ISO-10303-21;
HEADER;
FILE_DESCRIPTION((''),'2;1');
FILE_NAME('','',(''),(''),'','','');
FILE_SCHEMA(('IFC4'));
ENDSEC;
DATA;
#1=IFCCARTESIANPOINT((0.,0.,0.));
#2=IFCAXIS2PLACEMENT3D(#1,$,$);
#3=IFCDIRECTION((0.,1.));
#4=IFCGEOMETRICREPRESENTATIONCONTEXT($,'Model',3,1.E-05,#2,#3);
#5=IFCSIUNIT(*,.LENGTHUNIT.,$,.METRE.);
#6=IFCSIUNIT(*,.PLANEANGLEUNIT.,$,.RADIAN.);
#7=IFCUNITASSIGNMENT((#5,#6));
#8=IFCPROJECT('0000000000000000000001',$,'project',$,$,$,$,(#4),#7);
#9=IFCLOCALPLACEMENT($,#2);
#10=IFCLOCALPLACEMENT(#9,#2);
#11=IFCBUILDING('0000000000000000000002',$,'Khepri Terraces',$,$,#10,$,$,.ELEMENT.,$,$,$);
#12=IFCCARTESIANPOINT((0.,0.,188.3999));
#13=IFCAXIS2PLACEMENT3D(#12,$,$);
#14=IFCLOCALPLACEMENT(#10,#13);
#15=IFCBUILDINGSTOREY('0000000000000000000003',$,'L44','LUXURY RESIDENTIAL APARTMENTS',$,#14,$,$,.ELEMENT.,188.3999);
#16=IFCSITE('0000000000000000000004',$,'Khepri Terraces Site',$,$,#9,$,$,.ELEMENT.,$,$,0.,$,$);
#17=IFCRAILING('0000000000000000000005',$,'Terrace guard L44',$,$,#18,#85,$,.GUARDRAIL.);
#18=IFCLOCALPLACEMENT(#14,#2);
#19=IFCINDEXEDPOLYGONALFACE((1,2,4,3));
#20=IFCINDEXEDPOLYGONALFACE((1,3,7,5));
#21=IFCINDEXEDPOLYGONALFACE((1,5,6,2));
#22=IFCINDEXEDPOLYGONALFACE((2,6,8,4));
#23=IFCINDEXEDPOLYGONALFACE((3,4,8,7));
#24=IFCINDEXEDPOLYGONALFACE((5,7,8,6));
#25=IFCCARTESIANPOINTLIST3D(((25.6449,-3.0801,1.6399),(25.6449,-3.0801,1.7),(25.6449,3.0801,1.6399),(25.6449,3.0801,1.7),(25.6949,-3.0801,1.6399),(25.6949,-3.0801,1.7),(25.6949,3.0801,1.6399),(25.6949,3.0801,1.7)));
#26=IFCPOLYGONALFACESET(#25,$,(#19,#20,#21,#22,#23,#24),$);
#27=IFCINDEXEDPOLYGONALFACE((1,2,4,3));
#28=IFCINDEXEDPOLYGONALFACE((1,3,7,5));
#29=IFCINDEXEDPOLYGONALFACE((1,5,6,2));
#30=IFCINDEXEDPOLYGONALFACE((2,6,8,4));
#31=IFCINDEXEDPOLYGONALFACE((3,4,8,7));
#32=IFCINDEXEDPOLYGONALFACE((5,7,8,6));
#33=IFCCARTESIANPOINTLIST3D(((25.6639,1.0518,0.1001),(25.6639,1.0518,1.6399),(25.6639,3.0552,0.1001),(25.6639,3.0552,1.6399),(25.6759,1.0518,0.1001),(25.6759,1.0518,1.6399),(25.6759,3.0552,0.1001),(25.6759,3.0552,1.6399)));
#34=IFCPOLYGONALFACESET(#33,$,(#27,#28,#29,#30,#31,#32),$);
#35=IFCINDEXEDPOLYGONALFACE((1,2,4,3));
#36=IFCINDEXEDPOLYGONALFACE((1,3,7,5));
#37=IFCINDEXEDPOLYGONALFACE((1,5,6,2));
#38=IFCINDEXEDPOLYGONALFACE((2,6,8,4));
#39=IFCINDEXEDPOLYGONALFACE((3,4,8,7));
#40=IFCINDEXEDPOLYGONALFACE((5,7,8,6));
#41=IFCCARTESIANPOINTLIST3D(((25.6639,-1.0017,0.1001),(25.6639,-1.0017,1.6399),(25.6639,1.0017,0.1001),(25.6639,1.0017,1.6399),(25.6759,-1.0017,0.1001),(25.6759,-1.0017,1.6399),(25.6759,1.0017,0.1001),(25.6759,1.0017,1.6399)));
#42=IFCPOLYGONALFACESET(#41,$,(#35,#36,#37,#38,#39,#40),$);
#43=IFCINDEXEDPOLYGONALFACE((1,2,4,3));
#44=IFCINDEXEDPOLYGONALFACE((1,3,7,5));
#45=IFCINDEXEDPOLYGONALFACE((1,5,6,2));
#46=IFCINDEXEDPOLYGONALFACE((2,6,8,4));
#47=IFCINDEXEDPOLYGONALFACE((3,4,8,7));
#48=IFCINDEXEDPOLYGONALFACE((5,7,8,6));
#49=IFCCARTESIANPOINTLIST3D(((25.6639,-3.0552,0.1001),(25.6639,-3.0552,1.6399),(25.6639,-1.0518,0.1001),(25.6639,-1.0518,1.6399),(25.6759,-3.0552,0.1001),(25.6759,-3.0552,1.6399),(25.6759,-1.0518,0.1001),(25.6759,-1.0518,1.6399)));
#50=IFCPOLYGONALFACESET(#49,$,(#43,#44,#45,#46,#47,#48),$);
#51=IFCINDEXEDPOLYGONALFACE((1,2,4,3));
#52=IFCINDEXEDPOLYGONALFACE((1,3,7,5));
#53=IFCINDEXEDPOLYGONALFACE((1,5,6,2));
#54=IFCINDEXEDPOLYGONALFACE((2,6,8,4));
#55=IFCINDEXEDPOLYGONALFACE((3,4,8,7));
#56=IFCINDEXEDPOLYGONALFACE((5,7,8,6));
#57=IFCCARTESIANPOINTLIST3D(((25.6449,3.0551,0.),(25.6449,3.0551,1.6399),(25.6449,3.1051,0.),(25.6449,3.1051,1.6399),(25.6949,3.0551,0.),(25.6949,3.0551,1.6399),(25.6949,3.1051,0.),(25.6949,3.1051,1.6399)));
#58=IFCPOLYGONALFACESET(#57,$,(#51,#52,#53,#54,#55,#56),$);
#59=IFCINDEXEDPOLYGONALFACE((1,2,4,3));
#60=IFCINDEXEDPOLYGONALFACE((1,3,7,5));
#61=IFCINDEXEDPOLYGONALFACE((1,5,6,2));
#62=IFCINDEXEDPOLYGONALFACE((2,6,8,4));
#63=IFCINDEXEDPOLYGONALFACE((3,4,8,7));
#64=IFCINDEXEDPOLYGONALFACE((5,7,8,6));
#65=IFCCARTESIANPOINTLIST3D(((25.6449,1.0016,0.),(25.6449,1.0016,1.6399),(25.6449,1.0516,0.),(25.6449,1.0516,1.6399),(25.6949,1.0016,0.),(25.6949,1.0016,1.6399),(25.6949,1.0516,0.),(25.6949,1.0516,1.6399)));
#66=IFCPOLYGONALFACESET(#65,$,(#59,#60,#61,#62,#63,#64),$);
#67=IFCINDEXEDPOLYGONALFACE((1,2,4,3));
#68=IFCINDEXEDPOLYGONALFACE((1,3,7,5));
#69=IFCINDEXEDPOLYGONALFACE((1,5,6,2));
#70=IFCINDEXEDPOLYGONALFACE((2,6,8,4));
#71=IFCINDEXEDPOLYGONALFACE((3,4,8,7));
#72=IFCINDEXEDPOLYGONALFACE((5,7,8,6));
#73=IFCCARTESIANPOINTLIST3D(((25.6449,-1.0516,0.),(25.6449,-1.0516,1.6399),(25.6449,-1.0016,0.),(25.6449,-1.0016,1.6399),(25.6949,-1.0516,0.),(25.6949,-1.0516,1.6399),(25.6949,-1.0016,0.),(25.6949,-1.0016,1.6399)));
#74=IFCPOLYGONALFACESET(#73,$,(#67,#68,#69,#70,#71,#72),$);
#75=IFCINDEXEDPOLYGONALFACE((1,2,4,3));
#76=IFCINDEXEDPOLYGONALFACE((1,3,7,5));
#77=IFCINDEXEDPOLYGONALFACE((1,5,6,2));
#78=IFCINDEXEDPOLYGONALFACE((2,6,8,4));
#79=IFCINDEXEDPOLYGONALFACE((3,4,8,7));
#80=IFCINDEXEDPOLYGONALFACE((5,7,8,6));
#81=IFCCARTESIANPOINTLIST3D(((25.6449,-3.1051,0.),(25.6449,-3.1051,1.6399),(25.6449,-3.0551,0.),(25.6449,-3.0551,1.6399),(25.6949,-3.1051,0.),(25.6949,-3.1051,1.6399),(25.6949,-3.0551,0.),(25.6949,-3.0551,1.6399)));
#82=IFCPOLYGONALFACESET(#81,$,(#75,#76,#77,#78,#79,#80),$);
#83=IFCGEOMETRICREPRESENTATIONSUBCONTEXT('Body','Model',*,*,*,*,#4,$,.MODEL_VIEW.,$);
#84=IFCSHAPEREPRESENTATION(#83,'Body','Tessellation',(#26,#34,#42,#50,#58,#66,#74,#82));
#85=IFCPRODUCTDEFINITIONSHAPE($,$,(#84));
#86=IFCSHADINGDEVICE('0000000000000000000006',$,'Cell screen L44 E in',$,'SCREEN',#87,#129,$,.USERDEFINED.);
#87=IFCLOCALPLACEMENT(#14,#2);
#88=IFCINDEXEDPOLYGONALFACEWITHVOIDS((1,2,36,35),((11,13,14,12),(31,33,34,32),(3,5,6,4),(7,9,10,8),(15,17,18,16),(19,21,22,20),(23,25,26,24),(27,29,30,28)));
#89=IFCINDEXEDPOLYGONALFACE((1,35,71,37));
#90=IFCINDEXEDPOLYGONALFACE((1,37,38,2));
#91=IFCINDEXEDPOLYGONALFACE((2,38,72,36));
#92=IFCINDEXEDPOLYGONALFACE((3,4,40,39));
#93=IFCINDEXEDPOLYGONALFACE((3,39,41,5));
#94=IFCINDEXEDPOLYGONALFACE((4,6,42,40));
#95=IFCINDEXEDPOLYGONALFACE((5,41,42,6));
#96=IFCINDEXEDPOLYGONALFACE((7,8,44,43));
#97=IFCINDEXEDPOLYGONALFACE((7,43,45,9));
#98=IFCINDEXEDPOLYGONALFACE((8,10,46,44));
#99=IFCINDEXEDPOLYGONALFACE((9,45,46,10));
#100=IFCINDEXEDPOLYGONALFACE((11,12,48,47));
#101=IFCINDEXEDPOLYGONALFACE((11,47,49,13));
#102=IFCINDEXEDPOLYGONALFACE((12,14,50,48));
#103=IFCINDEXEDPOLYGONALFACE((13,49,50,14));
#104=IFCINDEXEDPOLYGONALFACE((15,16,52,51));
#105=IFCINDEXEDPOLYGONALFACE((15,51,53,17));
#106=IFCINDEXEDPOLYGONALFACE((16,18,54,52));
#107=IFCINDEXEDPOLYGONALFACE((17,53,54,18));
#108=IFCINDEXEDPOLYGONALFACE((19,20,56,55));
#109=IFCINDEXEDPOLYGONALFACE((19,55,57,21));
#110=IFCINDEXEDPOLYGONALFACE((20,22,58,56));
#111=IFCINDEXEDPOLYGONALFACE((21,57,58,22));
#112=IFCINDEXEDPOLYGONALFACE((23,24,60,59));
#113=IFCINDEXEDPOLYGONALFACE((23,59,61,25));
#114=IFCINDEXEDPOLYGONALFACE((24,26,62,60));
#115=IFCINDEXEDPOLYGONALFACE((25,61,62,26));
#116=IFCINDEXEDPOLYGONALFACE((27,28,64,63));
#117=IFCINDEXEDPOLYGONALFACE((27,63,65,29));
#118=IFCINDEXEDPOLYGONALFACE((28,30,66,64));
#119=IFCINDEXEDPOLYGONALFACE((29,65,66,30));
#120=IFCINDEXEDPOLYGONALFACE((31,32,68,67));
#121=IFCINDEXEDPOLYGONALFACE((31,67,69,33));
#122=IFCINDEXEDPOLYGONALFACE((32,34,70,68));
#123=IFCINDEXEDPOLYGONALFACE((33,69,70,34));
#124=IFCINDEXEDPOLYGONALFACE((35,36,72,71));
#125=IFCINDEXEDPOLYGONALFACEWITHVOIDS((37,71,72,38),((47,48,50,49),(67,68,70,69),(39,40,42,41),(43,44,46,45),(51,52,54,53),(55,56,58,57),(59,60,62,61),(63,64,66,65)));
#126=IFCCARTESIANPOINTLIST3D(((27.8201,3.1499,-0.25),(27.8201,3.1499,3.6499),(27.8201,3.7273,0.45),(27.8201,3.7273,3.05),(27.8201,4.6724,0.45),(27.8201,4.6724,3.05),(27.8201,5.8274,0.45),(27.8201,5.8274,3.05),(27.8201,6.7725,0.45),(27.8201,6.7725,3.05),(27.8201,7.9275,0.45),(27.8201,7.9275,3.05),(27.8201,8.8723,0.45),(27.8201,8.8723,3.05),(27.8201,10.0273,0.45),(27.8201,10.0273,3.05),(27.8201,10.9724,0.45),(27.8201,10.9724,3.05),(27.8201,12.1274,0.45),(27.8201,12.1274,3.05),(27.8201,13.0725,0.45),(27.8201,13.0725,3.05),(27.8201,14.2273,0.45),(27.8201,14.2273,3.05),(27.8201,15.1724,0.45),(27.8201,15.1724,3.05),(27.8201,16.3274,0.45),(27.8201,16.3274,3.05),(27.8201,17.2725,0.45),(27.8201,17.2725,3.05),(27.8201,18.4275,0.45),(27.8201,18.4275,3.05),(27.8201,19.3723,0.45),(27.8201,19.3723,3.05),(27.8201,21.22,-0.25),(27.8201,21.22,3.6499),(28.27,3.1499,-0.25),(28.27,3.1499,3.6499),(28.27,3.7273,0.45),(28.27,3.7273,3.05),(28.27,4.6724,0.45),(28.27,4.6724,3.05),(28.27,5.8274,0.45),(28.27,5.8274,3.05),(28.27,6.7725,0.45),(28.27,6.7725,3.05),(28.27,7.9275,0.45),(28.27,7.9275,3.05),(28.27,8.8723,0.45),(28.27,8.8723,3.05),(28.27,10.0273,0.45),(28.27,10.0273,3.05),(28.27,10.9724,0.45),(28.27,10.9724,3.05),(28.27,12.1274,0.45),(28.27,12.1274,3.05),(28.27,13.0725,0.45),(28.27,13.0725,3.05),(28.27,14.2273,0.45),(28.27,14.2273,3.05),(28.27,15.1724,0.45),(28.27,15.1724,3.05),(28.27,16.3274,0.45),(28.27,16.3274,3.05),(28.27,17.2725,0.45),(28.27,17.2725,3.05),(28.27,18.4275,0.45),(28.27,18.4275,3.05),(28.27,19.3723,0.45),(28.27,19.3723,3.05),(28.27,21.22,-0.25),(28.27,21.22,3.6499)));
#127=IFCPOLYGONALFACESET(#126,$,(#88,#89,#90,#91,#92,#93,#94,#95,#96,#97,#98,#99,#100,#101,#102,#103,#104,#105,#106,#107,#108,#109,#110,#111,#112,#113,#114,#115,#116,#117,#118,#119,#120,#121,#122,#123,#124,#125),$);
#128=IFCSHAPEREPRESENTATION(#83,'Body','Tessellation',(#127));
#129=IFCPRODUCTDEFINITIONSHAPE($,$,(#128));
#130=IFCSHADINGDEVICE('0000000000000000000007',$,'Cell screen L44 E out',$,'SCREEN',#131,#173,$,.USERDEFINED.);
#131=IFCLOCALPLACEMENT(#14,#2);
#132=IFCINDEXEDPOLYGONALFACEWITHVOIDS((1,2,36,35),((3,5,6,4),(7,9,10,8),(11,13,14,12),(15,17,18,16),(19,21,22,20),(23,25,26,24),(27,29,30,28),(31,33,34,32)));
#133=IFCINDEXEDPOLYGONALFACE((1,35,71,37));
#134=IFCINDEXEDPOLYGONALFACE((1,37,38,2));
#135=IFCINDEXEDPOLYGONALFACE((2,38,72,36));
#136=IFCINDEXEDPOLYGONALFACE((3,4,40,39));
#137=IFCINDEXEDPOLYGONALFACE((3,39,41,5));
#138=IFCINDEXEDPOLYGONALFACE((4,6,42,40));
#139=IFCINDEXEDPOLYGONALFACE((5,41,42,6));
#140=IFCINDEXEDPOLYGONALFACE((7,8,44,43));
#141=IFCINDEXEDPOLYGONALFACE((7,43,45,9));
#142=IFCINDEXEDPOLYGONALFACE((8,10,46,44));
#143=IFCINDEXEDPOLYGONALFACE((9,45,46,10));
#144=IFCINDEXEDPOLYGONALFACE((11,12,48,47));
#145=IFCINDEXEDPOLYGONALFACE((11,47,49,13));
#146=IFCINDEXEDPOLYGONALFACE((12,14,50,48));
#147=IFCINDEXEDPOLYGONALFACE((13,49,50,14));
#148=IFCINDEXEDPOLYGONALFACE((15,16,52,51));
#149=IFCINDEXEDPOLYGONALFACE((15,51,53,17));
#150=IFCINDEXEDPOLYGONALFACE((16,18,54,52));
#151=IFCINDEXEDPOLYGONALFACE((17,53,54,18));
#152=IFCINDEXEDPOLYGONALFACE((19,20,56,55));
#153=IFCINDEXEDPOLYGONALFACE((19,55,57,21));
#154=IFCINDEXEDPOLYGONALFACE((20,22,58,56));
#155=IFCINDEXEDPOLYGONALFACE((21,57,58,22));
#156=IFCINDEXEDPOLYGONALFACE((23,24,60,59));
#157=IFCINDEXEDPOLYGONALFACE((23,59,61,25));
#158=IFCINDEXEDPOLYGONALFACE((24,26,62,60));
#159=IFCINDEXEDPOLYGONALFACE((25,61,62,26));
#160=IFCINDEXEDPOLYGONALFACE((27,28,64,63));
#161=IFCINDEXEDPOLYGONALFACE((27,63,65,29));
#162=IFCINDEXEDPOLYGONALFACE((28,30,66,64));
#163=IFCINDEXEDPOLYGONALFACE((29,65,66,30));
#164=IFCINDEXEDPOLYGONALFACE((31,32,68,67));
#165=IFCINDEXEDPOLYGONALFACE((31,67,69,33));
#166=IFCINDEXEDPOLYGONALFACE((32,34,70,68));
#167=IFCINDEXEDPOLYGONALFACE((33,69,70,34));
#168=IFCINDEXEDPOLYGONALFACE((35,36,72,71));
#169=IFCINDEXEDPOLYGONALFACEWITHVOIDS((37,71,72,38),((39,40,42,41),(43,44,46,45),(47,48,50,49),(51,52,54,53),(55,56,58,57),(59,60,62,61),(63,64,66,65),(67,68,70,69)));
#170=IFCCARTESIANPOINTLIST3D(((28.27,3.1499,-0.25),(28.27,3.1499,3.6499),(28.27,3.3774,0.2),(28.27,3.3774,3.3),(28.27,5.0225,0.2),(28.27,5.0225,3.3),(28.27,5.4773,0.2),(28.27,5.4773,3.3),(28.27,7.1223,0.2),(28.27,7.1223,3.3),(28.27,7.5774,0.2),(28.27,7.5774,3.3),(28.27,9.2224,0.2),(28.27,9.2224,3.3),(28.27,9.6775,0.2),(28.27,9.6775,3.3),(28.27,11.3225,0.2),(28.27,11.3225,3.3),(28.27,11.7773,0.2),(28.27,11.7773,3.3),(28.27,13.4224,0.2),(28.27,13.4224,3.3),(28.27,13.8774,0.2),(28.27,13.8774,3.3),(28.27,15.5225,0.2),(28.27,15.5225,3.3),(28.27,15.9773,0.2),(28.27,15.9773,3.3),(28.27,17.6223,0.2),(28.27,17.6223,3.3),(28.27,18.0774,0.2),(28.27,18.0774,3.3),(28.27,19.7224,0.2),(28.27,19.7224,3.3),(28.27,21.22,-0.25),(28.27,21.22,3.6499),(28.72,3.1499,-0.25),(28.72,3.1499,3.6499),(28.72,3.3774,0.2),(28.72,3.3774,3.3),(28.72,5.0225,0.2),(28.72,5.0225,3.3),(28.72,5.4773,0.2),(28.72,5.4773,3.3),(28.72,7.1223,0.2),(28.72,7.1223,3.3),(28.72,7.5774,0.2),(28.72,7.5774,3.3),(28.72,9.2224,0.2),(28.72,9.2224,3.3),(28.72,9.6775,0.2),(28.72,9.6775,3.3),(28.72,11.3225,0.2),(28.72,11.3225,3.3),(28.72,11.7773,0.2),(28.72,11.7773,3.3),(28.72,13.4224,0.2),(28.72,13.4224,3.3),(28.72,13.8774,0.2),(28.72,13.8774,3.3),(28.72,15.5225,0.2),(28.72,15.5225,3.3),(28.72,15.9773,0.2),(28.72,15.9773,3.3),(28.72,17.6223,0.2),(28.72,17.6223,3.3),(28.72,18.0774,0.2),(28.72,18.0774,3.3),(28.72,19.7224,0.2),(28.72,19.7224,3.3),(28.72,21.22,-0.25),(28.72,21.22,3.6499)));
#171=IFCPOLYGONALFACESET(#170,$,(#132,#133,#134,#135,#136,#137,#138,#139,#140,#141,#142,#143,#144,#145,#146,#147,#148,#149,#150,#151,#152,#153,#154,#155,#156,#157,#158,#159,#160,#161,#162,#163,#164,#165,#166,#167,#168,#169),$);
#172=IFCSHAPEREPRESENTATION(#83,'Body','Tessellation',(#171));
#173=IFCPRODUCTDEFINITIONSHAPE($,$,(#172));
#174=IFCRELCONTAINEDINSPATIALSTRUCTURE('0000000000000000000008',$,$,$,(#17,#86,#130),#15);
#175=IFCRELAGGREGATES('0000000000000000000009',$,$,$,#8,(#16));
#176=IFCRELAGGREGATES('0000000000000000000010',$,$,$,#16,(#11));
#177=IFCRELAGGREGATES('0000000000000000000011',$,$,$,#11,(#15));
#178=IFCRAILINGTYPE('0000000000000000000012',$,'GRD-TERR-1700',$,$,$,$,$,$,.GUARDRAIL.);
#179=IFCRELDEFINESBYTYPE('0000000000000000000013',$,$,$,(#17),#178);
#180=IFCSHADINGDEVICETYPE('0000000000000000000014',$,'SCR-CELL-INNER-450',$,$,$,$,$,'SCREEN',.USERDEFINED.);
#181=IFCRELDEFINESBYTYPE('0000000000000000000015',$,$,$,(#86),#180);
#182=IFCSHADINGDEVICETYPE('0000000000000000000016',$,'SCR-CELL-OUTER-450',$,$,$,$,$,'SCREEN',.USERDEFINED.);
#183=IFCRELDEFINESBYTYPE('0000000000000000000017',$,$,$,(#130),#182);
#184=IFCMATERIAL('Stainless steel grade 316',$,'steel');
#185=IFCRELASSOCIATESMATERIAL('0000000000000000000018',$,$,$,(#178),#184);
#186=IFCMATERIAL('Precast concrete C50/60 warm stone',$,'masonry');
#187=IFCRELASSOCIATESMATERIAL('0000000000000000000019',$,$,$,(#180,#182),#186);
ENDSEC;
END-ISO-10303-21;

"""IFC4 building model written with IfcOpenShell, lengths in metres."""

from ifc_helpers import new_model, si_unit, direction, frame, origin, origin_2d, place, context, subcontext, project, spatial, polyline, rectangle, outline, extrude, material, type_object, element, save


model = new_model("IFC4")

# Units and contexts
model_context = context("Model", 3, precision=1e-05, world=origin(), true_north=direction((0.0, 1.0)))
body_context = subcontext(model_context, "Body", "Model", "MODEL_VIEW")
ifc_project = project(units=[si_unit("LENGTHUNIT", "METRE"), si_unit("PLANEANGLEUNIT", "RADIAN")], contexts=[model_context])

# Site, building, storey
site_placement = place(None, origin())
site = spatial("IfcSite", under=ifc_project, at=site_placement, Name="Khepri Terraces Site", CompositionType="ELEMENT", RefElevation=0.0)
building_placement = place(site_placement, origin())
building = spatial("IfcBuilding", under=site, at=building_placement, Name="Khepri Terraces", CompositionType="ELEMENT")
storey_placement = place(building_placement, frame((0.0, 0.0, 188.3999)))
storey = spatial("IfcBuildingStorey", under=building, at=storey_placement, Name="L44", Description="LUXURY RESIDENTIAL APARTMENTS", CompositionType="ELEMENT", Elevation=188.3999)

# Shared definitions
ifc_material_1 = material(Name="Precast concrete C50/60 warm stone", Category="masonry")

# Railing
ifc_material_2 = material(Name="Stainless steel grade 316", Category="steel")
railing_type_1 = type_object("IfcRailingType", Name="GRD-TERR-1700", PredefinedType="GUARDRAIL", material=ifc_material_2)
railing_1_placement = place(storey_placement, frame((25.6699, 3.0801, 0.0)))
element("IfcRailing", 1, at=railing_1_placement, inside=storey, type_object=railing_type_1, Name="Terrace guard L44", PredefinedType="GUARDRAIL", context=body_context, shape_type="SweptSolid", body=[
    extrude(rectangle(XDim=0.05, YDim=0.0601, at=origin_2d()), frame((0.0, 0.0, 1.6699), z_axis=(0.0, -1.0, 0.0), x_axis=(1.0, 0.0, 0.0)), (0.0, 0.0, 1.0), 6.1602),
    extrude(rectangle(XDim=2.0034, YDim=0.012, at=origin_2d()), frame((0.0, -1.0266, 0.1001), z_axis=(0.0, 0.0, 1.0), x_axis=(0.0, -1.0, 0.0)), (0.0, 0.0, 1.0), 1.5398),
    extrude(rectangle(XDim=2.0034, YDim=0.012, at=origin_2d()), frame((0.0, -3.0801, 0.1001), z_axis=(0.0, 0.0, 1.0), x_axis=(0.0, -1.0, 0.0)), (0.0, 0.0, 1.0), 1.5398),
    extrude(rectangle(XDim=2.0034, YDim=0.012, at=origin_2d()), frame((0.0, -5.1335, 0.1001), z_axis=(0.0, 0.0, 1.0), x_axis=(0.0, -1.0, 0.0)), (0.0, 0.0, 1.0), 1.5398),
    extrude(rectangle(XDim=0.05, YDim=0.05, at=origin_2d()), origin(), (0.0, 0.0, 1.0), 1.6399),
    extrude(rectangle(XDim=0.05, YDim=0.05, at=origin_2d()), frame((0.0, -2.0535, 0.0)), (0.0, 0.0, 1.0), 1.6399),
    extrude(rectangle(XDim=0.05, YDim=0.05, at=origin_2d()), frame((0.0, -4.1067, 0.0)), (0.0, 0.0, 1.0), 1.6399),
    extrude(rectangle(XDim=0.05, YDim=0.05, at=origin_2d()), frame((0.0, -6.1602, 0.0)), (0.0, 0.0, 1.0), 1.6399),
])

# Shading devices
shading_device_type_1 = type_object("IfcShadingDeviceType", Name="SCR-CELL-INNER-450", ElementType="SCREEN", PredefinedType="USERDEFINED", material=ifc_material_1)
shading_device_1_placement = place(storey_placement, frame((27.8201, 3.1499, -0.25), z_axis=(1.0, 0.0, 0.0), x_axis=(0.0, 1.0, 0.0)))
element("IfcShadingDevice", 2, at=shading_device_1_placement, inside=storey, type_object=shading_device_type_1, Name="Cell screen L44 E in", ObjectType="SCREEN", PredefinedType="USERDEFINED", context=body_context, shape_type="SweptSolid", body=[
    extrude(outline(polyline([(0.0, 0.0), (18.0701, 0.0), (18.0701, 3.8999), (0.0, 3.8999), (0.0, 0.0)]), holes=[polyline([(0.5774, 0.7), (1.5225, 0.7), (1.5225, 3.3), (0.5774, 3.3), (0.5774, 0.7)]), polyline([(2.6775, 0.7), (3.6226, 0.7), (3.6226, 3.3), (2.6775, 3.3), (2.6775, 0.7)]), polyline([(4.7776, 0.7), (5.7224, 0.7), (5.7224, 3.3), (4.7776, 3.3), (4.7776, 0.7)]), polyline([(6.8774, 0.7), (7.8225, 0.7), (7.8225, 3.3), (6.8774, 3.3), (6.8774, 0.7)]), polyline([(8.9775, 0.7), (9.9226, 0.7), (9.9226, 3.3), (8.9775, 3.3), (8.9775, 0.7)]), polyline([(11.0774, 0.7), (12.0225, 0.7), (12.0225, 3.3), (11.0774, 3.3), (11.0774, 0.7)]), polyline([(13.1775, 0.7), (14.1226, 0.7), (14.1226, 3.3), (13.1775, 3.3), (13.1775, 0.7)]), polyline([(15.2776, 0.7), (16.2224, 0.7), (16.2224, 3.3), (15.2776, 3.3), (15.2776, 0.7)])]), origin(), (0.0, 0.0, 1.0), 0.45),
])
shading_device_type_2 = type_object("IfcShadingDeviceType", Name="SCR-CELL-OUTER-450", ElementType="SCREEN", PredefinedType="USERDEFINED", material=ifc_material_1)
shading_device_2_placement = place(storey_placement, frame((28.27, 3.1499, -0.25), z_axis=(1.0, 0.0, 0.0), x_axis=(0.0, 1.0, 0.0)))
element("IfcShadingDevice", 3, at=shading_device_2_placement, inside=storey, type_object=shading_device_type_2, Name="Cell screen L44 E out", ObjectType="SCREEN", PredefinedType="USERDEFINED", context=body_context, shape_type="SweptSolid", body=[
    extrude(outline(polyline([(0.0, 0.0), (18.0701, 0.0), (18.0701, 3.8999), (0.0, 3.8999), (0.0, 0.0)]), holes=[polyline([(0.2275, 0.45), (1.8726, 0.45), (1.8726, 3.55), (0.2275, 3.55), (0.2275, 0.45)]), polyline([(2.3274, 0.45), (3.9724, 0.45), (3.9724, 3.55), (2.3274, 3.55), (2.3274, 0.45)]), polyline([(4.4275, 0.45), (6.0725, 0.45), (6.0725, 3.55), (4.4275, 3.55), (4.4275, 0.45)]), polyline([(6.5276, 0.45), (8.1726, 0.45), (8.1726, 3.55), (6.5276, 3.55), (6.5276, 0.45)]), polyline([(8.6274, 0.45), (10.2725, 0.45), (10.2725, 3.55), (8.6274, 3.55), (8.6274, 0.45)]), polyline([(10.7275, 0.45), (12.3726, 0.45), (12.3726, 3.55), (10.7275, 3.55), (10.7275, 0.45)]), polyline([(12.8274, 0.45), (14.4724, 0.45), (14.4724, 3.55), (12.8274, 3.55), (12.8274, 0.45)]), polyline([(14.9275, 0.45), (16.5725, 0.45), (16.5725, 3.55), (14.9275, 3.55), (14.9275, 0.45)])]), origin(), (0.0, 0.0, 1.0), 0.45),
])

save(model, "model.ifc")
